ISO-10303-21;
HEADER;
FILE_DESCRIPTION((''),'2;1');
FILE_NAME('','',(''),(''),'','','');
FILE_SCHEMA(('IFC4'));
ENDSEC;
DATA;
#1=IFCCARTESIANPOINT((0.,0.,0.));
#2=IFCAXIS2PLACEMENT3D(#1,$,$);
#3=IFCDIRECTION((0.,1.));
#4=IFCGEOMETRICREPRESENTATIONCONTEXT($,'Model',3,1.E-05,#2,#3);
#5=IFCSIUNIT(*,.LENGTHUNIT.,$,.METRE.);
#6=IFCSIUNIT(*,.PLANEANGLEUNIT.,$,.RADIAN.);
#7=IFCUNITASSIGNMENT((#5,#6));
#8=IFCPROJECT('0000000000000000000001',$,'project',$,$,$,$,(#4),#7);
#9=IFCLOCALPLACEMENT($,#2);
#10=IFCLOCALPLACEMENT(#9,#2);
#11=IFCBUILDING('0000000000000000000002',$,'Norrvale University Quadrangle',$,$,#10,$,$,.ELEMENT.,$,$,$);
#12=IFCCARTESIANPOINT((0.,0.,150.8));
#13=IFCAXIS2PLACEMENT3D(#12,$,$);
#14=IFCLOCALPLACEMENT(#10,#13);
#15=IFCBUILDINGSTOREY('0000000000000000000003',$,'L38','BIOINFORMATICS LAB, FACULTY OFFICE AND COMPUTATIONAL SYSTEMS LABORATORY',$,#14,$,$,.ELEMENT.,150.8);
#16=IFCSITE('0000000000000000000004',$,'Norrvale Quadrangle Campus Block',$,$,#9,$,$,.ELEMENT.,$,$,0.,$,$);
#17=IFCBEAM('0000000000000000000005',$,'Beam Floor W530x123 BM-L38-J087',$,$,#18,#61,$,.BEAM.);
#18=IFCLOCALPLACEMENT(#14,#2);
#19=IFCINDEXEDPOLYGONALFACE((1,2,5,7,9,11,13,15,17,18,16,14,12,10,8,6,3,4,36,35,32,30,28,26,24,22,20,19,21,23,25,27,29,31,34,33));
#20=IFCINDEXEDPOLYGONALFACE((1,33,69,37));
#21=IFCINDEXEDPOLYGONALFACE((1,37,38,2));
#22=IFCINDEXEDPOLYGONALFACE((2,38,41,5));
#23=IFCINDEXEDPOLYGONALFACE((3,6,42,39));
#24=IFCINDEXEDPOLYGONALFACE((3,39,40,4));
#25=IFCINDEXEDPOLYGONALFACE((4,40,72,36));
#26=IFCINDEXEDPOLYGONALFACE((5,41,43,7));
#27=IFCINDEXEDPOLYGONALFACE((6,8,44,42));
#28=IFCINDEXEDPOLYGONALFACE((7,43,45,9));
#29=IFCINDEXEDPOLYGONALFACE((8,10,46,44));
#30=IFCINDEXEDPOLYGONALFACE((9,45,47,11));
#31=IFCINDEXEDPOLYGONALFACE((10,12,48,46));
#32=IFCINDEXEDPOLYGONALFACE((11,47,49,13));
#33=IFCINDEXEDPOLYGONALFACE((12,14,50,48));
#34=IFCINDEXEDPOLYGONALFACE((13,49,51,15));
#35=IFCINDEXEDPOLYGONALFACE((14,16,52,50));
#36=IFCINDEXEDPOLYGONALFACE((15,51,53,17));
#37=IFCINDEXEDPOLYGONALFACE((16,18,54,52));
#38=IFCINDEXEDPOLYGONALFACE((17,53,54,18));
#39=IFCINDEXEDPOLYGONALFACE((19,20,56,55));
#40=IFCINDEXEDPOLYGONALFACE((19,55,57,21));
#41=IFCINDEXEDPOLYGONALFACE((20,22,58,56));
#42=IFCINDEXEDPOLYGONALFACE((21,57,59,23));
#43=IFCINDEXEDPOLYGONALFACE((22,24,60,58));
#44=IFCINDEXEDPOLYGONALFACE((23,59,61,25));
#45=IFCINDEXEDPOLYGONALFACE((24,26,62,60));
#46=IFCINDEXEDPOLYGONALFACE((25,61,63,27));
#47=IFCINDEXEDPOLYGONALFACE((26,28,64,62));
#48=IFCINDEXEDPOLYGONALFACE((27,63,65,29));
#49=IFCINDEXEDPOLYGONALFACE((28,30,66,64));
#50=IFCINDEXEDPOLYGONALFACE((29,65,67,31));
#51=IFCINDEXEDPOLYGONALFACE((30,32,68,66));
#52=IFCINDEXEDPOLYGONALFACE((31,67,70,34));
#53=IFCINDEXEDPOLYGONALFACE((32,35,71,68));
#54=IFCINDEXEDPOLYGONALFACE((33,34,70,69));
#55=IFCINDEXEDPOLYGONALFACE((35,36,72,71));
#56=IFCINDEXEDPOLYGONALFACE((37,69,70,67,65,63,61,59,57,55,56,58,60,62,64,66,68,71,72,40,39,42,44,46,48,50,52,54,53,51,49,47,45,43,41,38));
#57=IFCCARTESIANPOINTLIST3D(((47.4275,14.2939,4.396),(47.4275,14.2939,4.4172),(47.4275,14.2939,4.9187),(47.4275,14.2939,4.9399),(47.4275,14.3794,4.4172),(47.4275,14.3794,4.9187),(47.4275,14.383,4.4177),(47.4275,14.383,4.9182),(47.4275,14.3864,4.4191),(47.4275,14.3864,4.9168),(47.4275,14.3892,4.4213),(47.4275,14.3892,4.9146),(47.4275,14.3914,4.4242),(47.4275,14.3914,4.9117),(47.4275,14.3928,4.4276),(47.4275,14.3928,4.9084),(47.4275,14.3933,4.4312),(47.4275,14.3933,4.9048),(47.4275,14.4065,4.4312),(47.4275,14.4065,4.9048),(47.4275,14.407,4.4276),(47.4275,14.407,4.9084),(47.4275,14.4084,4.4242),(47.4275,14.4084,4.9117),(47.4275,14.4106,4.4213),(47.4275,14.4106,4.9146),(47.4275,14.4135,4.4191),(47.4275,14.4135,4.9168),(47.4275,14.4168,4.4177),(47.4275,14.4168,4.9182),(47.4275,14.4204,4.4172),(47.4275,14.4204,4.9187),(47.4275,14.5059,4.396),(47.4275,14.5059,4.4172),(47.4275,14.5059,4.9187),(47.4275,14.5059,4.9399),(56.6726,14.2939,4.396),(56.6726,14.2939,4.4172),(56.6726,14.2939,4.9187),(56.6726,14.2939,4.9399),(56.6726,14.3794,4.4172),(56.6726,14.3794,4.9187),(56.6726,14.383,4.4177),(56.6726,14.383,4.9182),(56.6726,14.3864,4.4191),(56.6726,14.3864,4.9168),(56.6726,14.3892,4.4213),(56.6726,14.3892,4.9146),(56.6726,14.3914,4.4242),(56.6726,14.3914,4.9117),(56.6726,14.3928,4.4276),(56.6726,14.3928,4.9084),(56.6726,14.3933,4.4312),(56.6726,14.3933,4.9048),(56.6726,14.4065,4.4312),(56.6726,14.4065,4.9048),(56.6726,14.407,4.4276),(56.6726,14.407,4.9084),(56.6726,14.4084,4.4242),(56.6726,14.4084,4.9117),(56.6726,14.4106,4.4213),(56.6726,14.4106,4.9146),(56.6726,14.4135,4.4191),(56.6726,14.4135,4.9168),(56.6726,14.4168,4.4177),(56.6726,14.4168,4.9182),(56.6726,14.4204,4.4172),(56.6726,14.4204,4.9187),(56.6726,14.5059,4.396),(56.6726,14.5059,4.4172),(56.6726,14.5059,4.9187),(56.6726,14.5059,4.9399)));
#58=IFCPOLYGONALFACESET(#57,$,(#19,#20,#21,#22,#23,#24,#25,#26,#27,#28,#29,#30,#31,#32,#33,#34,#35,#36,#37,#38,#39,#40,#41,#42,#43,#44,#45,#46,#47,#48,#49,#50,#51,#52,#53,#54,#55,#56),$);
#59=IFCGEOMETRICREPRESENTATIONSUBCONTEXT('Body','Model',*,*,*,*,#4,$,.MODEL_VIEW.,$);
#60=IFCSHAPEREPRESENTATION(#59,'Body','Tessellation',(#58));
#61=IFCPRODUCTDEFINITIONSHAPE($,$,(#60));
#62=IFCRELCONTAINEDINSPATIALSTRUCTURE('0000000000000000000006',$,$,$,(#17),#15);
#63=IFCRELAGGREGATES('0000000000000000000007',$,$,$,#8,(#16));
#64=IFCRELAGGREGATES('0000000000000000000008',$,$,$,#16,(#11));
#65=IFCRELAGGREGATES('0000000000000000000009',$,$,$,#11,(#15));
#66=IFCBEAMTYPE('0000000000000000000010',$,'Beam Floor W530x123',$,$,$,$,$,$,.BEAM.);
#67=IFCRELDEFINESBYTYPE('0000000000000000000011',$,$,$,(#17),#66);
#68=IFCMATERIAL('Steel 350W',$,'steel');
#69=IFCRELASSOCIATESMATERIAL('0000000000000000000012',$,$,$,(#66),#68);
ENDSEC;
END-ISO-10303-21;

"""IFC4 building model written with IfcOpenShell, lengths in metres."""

from ifc_helpers import new_model, si_unit, direction, frame, origin, origin_2d, place, context, subcontext, project, spatial, i_section, extrude, material, material_profile, profile_set, type_object, element, save


model = new_model("IFC4")

# Units and contexts
model_context = context("Model", 3, precision=1e-05, world=origin(), true_north=direction((0.0, 1.0)))
body_context = subcontext(model_context, "Body", "Model", "MODEL_VIEW")
ifc_project = project(units=[si_unit("LENGTHUNIT", "METRE"), si_unit("PLANEANGLEUNIT", "RADIAN")], contexts=[model_context])

# Site, building, storey
site_placement = place(None, origin())
site = spatial("IfcSite", under=ifc_project, at=site_placement, Name="Norrvale Quadrangle Campus Block", CompositionType="ELEMENT", RefElevation=0.0)
building_placement = place(site_placement, origin())
building = spatial("IfcBuilding", under=site, at=building_placement, Name="Norrvale University Quadrangle", CompositionType="ELEMENT")
storey_placement = place(building_placement, frame((0.0, 0.0, 150.8)))
storey = spatial("IfcBuildingStorey", under=building, at=storey_placement, Name="L38", Description="BIOINFORMATICS LAB, FACULTY OFFICE AND COMPUTATIONAL SYSTEMS LABORATORY", CompositionType="ELEMENT", Elevation=150.8)

# Beam
ifc_material_1 = material(Name="Steel 350W", Category="steel")
ifc_material_profile_1 = material_profile(ifc_material_1, i_section(OverallWidth=0.2119, OverallDepth=0.5439, WebThickness=0.0132, FlangeThickness=0.0212, FilletRadius=0.0139, at=origin_2d()), Name="Steel 350W")
ifc_profile_set_1 = profile_set([ifc_material_profile_1], Name="Steel 350W")
beam_type_1 = type_object("IfcBeamType", Name="Beam Floor W530x123", PredefinedType="BEAM", material=ifc_profile_set_1)
beam_placement = place(storey_placement, frame((47.4275, 14.3999, 4.668), z_axis=(1.0, 0.0, 0.0), x_axis=(0.0, 1.0, 0.0)))
element("IfcBeam", 1, at=beam_placement, inside=storey, type_object=beam_type_1, Name="Beam Floor W530x123 BM-L38-J087", PredefinedType="BEAM", context=body_context, shape_type="SweptSolid", body=[
    extrude(i_section(OverallWidth=0.2119, OverallDepth=0.5439, WebThickness=0.0132, FlangeThickness=0.0212, FilletRadius=0.0139, at=origin_2d()), origin(), (0.0, 0.0, 1.0), 9.2451),
])

save(model, "model.ifc")
